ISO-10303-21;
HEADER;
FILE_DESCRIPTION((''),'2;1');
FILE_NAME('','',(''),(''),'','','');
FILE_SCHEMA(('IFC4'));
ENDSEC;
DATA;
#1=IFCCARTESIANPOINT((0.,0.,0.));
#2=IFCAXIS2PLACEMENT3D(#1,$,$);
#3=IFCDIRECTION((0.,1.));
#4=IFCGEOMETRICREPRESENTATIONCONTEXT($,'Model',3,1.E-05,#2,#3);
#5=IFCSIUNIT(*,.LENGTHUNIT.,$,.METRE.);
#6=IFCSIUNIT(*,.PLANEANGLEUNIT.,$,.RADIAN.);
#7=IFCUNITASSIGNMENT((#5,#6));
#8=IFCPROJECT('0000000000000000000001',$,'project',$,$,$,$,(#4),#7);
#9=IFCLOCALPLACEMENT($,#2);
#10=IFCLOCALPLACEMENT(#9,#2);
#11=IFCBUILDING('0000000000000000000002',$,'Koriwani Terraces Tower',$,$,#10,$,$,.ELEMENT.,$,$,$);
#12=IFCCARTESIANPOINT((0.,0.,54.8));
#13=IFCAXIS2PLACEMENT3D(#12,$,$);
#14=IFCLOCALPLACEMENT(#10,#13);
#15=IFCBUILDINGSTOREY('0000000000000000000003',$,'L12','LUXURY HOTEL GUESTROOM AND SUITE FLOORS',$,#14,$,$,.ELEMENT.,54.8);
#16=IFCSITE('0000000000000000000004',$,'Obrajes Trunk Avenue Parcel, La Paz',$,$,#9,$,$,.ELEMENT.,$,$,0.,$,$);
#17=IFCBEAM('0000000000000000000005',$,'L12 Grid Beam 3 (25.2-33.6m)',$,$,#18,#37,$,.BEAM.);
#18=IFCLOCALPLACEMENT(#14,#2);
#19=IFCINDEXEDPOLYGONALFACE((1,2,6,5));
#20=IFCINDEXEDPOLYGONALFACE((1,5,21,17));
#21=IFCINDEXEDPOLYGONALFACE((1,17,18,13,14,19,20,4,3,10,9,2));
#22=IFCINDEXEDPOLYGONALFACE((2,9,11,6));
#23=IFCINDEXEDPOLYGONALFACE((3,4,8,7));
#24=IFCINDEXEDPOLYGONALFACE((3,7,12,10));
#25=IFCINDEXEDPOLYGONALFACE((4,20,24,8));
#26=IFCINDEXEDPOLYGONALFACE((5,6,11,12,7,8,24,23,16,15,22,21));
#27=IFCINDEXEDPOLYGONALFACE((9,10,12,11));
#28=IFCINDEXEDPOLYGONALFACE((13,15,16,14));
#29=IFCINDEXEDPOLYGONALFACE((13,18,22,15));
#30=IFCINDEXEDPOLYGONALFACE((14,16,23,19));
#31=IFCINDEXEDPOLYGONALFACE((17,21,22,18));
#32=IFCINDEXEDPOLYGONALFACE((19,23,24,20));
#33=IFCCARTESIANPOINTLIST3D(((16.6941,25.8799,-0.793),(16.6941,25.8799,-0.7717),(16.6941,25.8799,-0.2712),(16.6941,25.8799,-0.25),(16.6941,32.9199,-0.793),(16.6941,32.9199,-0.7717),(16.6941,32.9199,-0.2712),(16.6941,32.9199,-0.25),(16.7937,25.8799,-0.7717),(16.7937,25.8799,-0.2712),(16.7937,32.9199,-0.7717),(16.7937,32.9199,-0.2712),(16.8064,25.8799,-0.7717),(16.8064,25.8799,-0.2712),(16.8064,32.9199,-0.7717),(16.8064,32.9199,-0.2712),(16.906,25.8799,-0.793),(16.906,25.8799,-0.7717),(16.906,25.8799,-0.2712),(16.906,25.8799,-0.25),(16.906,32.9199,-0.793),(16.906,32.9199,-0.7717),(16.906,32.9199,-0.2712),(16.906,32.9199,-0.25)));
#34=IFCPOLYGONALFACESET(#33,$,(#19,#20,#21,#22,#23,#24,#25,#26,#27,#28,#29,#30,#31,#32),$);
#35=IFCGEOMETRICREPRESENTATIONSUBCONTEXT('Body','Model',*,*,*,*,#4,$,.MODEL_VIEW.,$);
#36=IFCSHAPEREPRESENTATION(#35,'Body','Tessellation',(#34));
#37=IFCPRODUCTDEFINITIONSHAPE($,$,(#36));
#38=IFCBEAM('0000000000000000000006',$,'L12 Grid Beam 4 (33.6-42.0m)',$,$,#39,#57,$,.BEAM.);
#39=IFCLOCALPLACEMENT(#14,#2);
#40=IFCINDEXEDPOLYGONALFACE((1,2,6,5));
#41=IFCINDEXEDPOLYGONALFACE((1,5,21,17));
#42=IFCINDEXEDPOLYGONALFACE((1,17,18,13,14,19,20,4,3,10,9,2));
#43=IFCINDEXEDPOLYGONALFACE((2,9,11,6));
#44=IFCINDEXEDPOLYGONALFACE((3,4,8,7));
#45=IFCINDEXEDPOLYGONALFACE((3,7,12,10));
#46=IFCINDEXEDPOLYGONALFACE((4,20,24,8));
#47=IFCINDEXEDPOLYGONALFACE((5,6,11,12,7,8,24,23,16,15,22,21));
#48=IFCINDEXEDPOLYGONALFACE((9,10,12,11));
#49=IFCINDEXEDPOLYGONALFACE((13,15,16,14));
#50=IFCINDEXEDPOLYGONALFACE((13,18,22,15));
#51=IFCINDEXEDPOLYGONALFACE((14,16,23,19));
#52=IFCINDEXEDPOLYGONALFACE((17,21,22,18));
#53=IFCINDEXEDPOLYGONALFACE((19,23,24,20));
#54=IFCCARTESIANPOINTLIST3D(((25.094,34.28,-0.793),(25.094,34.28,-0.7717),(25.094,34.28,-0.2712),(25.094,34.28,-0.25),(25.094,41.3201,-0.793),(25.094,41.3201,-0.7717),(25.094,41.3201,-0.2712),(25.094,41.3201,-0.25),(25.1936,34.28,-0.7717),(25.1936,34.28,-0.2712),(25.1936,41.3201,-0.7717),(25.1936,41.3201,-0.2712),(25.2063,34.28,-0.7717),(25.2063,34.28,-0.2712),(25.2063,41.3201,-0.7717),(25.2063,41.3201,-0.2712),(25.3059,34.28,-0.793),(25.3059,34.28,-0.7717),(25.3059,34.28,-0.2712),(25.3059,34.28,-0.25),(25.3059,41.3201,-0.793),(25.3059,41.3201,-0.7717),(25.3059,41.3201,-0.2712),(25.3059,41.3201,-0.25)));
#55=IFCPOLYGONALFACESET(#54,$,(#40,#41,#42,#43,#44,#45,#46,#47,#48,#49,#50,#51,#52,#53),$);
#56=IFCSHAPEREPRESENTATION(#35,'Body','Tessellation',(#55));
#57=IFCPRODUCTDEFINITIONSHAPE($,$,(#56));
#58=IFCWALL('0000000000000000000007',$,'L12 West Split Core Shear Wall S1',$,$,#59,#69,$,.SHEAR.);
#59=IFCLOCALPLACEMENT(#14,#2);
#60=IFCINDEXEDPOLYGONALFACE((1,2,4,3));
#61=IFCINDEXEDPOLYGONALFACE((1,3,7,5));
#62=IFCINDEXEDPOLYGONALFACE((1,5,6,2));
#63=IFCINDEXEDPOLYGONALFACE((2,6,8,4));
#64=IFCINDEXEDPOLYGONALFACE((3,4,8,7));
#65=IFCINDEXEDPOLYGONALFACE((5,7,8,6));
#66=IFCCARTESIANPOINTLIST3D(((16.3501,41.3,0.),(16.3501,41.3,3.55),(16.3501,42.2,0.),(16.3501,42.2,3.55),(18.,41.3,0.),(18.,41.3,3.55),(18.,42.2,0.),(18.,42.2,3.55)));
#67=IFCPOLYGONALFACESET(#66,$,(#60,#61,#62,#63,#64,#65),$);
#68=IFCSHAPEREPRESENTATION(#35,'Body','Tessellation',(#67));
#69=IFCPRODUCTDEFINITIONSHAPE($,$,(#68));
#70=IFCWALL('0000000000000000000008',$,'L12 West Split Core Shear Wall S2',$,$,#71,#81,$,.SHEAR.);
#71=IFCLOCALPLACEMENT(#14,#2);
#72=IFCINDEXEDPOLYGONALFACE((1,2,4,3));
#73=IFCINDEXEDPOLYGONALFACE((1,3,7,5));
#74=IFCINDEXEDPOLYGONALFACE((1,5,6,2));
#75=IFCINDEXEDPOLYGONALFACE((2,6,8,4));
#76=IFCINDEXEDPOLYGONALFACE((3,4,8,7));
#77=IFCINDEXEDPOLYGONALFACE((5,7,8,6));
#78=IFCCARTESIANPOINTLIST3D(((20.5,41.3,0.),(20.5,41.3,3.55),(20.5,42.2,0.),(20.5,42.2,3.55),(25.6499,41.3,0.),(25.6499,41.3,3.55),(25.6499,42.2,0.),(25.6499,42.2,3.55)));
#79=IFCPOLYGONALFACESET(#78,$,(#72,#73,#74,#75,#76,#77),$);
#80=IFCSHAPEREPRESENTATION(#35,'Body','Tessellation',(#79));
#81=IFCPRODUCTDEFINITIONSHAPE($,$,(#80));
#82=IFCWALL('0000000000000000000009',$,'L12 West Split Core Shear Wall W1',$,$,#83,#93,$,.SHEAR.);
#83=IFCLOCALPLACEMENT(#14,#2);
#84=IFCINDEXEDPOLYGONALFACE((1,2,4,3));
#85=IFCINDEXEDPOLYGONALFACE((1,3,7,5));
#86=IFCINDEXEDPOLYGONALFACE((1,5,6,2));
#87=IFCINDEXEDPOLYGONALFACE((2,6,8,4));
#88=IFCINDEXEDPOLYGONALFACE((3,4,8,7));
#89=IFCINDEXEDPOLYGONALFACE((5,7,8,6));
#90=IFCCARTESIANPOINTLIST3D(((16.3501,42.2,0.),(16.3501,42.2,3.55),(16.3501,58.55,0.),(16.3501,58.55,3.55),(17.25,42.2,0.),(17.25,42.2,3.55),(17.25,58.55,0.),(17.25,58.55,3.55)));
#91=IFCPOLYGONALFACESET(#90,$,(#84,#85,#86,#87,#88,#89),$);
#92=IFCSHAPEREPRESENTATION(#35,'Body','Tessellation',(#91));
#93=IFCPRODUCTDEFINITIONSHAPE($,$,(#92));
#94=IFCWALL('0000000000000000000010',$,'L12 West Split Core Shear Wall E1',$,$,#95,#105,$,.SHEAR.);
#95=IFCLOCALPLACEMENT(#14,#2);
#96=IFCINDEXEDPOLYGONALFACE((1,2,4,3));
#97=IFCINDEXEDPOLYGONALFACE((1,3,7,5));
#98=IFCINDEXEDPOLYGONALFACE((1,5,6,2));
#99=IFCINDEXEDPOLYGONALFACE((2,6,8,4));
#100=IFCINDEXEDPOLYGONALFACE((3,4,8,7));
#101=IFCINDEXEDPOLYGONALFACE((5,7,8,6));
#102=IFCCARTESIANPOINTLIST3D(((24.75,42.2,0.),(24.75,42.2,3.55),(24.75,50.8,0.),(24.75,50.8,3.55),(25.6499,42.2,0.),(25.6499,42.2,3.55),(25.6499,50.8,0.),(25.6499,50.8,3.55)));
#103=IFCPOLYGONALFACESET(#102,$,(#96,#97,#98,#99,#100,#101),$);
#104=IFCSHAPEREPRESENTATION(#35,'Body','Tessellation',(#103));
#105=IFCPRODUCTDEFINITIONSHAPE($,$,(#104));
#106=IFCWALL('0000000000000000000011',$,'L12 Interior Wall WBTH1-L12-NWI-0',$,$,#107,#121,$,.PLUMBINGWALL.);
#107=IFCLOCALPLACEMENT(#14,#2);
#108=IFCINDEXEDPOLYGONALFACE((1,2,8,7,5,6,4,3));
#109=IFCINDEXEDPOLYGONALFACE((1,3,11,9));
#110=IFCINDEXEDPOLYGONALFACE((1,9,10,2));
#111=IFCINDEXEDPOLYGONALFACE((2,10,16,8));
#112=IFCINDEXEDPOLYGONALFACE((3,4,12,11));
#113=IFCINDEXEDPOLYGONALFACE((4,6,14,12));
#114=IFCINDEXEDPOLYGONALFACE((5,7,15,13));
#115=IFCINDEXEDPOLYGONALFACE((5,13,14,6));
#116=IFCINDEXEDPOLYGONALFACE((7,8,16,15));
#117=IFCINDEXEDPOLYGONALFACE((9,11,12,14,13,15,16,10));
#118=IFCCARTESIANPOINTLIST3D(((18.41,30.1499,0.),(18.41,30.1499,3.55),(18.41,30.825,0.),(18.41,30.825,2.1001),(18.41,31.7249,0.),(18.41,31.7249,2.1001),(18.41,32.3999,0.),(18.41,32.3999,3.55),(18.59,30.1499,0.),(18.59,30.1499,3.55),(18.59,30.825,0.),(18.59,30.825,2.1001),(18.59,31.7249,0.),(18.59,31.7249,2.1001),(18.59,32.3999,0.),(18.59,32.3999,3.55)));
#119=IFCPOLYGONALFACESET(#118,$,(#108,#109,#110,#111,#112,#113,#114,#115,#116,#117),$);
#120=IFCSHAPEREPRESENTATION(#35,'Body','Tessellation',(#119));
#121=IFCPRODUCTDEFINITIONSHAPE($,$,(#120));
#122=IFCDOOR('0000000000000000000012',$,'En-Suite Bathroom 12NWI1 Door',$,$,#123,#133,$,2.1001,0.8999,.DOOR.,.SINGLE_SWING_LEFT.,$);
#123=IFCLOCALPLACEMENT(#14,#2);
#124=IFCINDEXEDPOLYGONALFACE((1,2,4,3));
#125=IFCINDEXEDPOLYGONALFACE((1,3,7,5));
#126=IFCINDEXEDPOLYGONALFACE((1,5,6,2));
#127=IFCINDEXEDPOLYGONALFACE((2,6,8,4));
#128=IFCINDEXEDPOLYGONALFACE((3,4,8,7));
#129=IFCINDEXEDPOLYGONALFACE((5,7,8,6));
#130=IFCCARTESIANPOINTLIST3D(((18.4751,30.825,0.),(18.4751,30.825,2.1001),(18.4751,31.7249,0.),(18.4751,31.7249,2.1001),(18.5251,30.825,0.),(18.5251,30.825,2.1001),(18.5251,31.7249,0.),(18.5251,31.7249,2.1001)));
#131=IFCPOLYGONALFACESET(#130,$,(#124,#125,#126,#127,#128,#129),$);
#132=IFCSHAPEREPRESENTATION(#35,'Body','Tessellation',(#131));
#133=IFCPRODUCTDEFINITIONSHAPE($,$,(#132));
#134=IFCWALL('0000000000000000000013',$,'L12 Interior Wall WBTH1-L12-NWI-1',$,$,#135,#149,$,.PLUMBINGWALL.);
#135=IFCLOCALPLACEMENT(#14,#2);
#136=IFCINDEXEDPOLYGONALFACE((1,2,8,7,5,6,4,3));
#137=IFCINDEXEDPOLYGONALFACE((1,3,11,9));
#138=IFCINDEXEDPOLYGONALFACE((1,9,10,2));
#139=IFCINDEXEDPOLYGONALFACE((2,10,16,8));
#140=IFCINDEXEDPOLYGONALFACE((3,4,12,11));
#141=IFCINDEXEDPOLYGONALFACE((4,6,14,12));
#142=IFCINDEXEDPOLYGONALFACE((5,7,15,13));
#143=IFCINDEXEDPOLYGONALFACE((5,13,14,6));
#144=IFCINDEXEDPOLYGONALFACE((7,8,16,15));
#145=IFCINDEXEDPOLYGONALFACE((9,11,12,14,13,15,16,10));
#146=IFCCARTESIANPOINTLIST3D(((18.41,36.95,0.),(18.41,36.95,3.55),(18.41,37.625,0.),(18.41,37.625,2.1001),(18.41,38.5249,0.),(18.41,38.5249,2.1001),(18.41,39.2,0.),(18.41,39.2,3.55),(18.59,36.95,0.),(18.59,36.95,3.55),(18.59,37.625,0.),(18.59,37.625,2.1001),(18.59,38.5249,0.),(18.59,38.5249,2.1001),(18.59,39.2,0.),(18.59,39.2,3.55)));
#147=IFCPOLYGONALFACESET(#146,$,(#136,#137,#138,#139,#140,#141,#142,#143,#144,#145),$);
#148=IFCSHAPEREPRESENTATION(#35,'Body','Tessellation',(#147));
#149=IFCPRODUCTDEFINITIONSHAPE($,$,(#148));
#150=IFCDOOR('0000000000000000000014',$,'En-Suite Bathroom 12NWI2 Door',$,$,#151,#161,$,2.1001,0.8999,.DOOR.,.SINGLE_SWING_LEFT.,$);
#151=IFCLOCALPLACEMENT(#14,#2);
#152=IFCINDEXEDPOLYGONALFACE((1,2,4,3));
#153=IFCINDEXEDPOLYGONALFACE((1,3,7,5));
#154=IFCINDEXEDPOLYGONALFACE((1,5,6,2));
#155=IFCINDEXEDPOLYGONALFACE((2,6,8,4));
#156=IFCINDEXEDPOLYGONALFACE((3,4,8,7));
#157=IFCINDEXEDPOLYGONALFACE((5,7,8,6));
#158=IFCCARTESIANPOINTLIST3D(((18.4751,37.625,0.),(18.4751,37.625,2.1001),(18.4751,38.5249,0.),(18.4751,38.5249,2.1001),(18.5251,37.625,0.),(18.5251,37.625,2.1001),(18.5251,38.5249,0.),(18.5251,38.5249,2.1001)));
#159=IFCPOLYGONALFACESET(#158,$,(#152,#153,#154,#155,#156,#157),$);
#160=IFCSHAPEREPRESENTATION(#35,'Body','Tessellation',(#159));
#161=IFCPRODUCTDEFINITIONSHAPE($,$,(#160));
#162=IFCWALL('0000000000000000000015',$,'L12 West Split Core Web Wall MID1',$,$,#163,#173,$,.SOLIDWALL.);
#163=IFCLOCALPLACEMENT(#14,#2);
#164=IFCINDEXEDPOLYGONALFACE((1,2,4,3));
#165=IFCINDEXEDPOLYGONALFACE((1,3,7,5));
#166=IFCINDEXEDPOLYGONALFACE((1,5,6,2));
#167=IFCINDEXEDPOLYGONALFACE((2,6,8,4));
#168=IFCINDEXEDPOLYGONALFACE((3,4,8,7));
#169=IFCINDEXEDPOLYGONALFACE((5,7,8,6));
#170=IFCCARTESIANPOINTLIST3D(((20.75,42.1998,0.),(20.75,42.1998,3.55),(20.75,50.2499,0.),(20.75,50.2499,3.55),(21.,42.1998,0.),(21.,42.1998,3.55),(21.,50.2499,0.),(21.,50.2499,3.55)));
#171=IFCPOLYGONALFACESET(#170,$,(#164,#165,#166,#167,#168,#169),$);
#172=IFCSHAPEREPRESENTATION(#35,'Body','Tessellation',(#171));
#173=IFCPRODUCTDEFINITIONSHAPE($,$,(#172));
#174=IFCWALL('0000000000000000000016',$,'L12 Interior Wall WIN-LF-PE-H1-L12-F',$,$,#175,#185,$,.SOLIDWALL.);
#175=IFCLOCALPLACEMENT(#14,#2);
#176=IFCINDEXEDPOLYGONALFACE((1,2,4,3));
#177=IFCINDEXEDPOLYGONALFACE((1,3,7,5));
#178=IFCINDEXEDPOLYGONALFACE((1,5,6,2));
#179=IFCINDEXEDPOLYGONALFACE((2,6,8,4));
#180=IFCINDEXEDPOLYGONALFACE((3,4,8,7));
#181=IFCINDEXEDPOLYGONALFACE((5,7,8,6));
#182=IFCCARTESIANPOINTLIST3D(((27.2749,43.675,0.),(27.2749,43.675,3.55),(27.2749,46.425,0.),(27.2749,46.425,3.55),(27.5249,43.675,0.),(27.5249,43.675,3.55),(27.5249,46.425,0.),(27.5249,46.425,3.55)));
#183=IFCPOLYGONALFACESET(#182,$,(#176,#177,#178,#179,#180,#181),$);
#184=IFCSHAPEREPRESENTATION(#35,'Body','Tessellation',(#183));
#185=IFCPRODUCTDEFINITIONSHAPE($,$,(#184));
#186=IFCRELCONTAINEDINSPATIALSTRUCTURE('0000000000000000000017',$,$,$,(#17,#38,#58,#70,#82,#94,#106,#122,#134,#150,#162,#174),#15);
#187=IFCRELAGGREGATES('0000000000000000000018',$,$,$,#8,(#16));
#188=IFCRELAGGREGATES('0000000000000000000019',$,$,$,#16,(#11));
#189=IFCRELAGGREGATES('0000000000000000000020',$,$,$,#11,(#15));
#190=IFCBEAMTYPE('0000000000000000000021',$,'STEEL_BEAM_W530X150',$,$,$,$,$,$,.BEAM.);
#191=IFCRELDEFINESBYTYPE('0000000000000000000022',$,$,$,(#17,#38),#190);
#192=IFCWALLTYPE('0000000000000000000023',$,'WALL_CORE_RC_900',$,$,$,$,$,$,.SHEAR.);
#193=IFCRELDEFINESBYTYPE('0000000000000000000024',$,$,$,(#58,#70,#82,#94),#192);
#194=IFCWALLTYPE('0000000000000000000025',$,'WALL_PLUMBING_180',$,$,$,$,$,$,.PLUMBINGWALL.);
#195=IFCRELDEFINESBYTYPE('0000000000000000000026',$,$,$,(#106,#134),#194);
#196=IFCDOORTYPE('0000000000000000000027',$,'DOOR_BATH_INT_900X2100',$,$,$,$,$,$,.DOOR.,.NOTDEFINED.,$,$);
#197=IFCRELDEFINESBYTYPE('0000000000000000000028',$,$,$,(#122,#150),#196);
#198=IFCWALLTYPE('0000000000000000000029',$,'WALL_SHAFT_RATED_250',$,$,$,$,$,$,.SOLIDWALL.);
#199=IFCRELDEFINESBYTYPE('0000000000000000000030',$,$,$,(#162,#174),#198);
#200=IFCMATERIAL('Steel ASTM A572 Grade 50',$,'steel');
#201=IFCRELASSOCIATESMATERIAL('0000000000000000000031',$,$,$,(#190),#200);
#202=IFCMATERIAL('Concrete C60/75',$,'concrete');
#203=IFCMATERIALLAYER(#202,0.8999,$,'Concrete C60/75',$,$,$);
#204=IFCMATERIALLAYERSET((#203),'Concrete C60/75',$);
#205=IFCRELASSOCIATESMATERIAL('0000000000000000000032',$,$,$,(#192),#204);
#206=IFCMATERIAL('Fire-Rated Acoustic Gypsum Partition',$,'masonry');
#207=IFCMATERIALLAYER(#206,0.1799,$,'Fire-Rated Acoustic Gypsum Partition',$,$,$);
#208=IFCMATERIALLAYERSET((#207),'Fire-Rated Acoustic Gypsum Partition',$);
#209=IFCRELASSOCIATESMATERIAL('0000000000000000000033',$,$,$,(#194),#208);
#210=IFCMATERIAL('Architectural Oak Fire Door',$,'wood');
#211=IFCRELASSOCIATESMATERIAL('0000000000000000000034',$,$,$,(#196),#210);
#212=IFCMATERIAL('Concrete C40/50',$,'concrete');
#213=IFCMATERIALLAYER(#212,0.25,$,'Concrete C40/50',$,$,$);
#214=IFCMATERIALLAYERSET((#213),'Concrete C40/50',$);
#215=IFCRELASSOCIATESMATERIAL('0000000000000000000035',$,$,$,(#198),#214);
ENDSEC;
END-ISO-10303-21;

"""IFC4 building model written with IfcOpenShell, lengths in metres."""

from ifc_helpers import new_model, si_unit, direction, frame, frame_2d, origin, origin_2d, place, context, subcontext, project, spatial, rectangle, i_section, extrude, material, layer, layer_set, material_profile, profile_set, type_object, element, fill, save


model = new_model("IFC4")

# Units and contexts
model_context = context("Model", 3, precision=1e-05, world=origin(), true_north=direction((0.0, 1.0)))
body_context = subcontext(model_context, "Body", "Model", "MODEL_VIEW")
ifc_project = project(units=[si_unit("LENGTHUNIT", "METRE"), si_unit("PLANEANGLEUNIT", "RADIAN")], contexts=[model_context])

# Site, building, storey
site_placement = place(None, origin())
site = spatial("IfcSite", under=ifc_project, at=site_placement, Name="Obrajes Trunk Avenue Parcel, La Paz", CompositionType="ELEMENT", RefElevation=0.0)
building_placement = place(site_placement, origin())
building = spatial("IfcBuilding", under=site, at=building_placement, Name="Koriwani Terraces Tower", CompositionType="ELEMENT")
storey_placement = place(building_placement, frame((0.0, 0.0, 54.8)))
storey = spatial("IfcBuildingStorey", under=building, at=storey_placement, Name="L12", Description="LUXURY HOTEL GUESTROOM AND SUITE FLOORS", CompositionType="ELEMENT", Elevation=54.8)

# Shared definitions
ifc_material_1 = material(Name="Concrete C60/75", Category="concrete")

# Beams
ifc_material_2 = material(Name="Concrete C40/50", Category="concrete")
ifc_material_3 = material(Name="Steel ASTM A572 Grade 50", Category="steel")
ifc_material_profile_1 = material_profile(ifc_material_3, i_section(OverallWidth=0.2119, OverallDepth=0.543, WebThickness=0.0127, FlangeThickness=0.0212, at=origin_2d()), Name="Steel ASTM A572 Grade 50", Category="LoadBearing")
ifc_profile_set_1 = profile_set([ifc_material_profile_1], Name="Steel ASTM A572 Grade 50")
beam_type_1 = type_object("IfcBeamType", Name="STEEL_BEAM_W530X150", PredefinedType="BEAM", material=ifc_profile_set_1)
for number, where, z_axis, x_axis, name in (
    (1, (16.8, 25.8799, -0.5215), (0.0, 1.0, 0.0), (-1.0, 0.0, 0.0), "L12 Grid Beam 3 (25.2-33.6m)"),
    (2, (25.2, 34.28, -0.5215), (0.0, 1.0, 0.0), (-1.0, 0.0, 0.0), "L12 Grid Beam 4 (33.6-42.0m)"),
):
    element("IfcBeam", number, at=place(storey_placement, frame(where, z_axis=z_axis, x_axis=x_axis)), inside=storey, type_object=beam_type_1, Name=name, PredefinedType="BEAM", context=body_context, shape_type="SweptSolid", body=[
        extrude(i_section(OverallWidth=0.2119, OverallDepth=0.543, WebThickness=0.0127, FlangeThickness=0.0212, at=origin_2d()), origin(), (0.0, 0.0, 1.0), 7.04),
    ])

# Walls
ifc_layer_1 = layer(ifc_material_1, 0.8999, Name="Concrete C60/75")
ifc_layer_set_1 = layer_set([ifc_layer_1], Name="Concrete C60/75")
wall_type_1 = type_object("IfcWallType", Name="WALL_CORE_RC_900", PredefinedType="SHEAR", material=ifc_layer_set_1)
wall_1_placement = place(storey_placement, frame((16.3501, 41.75, 0.0), z_axis=(0.0, 0.0, 1.0), x_axis=(1.0, 0.0, 0.0)))
element("IfcWall", 3, at=wall_1_placement, inside=storey, type_object=wall_type_1, Name="L12 West Split Core Shear Wall S1", PredefinedType="SHEAR", context=body_context, shape_type="SweptSolid", body=[
    extrude(rectangle(XDim=1.6499, YDim=0.8999, at=frame_2d((0.825, 0.0))), origin(), (0.0, 0.0, 1.0), 3.55),
])
wall_2_placement = place(storey_placement, frame((20.5, 41.75, 0.0), z_axis=(0.0, 0.0, 1.0), x_axis=(1.0, 0.0, 0.0)))
element("IfcWall", 4, at=wall_2_placement, inside=storey, type_object=wall_type_1, Name="L12 West Split Core Shear Wall S2", PredefinedType="SHEAR", context=body_context, shape_type="SweptSolid", body=[
    extrude(rectangle(XDim=5.1499, YDim=0.8999, at=frame_2d((2.575, 0.0))), origin(), (0.0, 0.0, 1.0), 3.55),
])
wall_3_placement = place(storey_placement, frame((16.8, 42.2, 0.0), z_axis=(0.0, 0.0, 1.0), x_axis=(0.0, 1.0, 0.0)))
element("IfcWall", 5, at=wall_3_placement, inside=storey, type_object=wall_type_1, Name="L12 West Split Core Shear Wall W1", PredefinedType="SHEAR", context=body_context, shape_type="SweptSolid", body=[
    extrude(rectangle(XDim=16.3501, YDim=0.8999, at=frame_2d((8.175, 0.0))), origin(), (0.0, 0.0, 1.0), 3.55),
])
wall_4_placement = place(storey_placement, frame((25.2, 42.2, 0.0), z_axis=(0.0, 0.0, 1.0), x_axis=(0.0, 1.0, 0.0)))
element("IfcWall", 6, at=wall_4_placement, inside=storey, type_object=wall_type_1, Name="L12 West Split Core Shear Wall E1", PredefinedType="SHEAR", context=body_context, shape_type="SweptSolid", body=[
    extrude(rectangle(XDim=8.6001, YDim=0.8999, at=frame_2d((4.3, 0.0))), origin(), (0.0, 0.0, 1.0), 3.55),
])

# Walls, openings, doors
ifc_material_4 = material(Name="Fire-Rated Acoustic Gypsum Partition", Category="masonry")
ifc_layer_2 = layer(ifc_material_4, 0.1799, Name="Fire-Rated Acoustic Gypsum Partition")
ifc_layer_set_2 = layer_set([ifc_layer_2], Name="Fire-Rated Acoustic Gypsum Partition")
wall_type_2 = type_object("IfcWallType", Name="WALL_PLUMBING_180", PredefinedType="PLUMBINGWALL", material=ifc_layer_set_2)
wall_5_placement = place(storey_placement, frame((18.5, 30.1499, 0.0), z_axis=(0.0, 0.0, 1.0), x_axis=(0.0, 1.0, 0.0)))
wall_5 = element("IfcWall", 7, at=wall_5_placement, inside=storey, type_object=wall_type_2, Name="L12 Interior Wall WBTH1-L12-NWI-0", PredefinedType="PLUMBINGWALL", context=body_context, shape_type="SweptSolid", body=[
    extrude(rectangle(XDim=2.25, YDim=0.1799, at=frame_2d((1.125, 0.0))), origin(), (0.0, 0.0, 1.0), 3.55),
])
opening_1_placement = place(wall_5_placement, frame((0.675, 0.0, 0.0)))
opening_1 = element("IfcOpeningElement", 8, at=opening_1_placement, cuts=wall_5, PredefinedType="OPENING", context=body_context, shape_type="SweptSolid", body=[
    extrude(rectangle(XDim=0.8999, YDim=2.1001, at=frame_2d((0.45, 1.05))), frame((0.0, 0.1001, 0.0), z_axis=(0.0, -1.0, 0.0), x_axis=(1.0, 0.0, 0.0)), (0.0, 0.0, 1.0), 0.2),
])
ifc_material_5 = material(Name="Architectural Oak Fire Door", Category="wood")
door_type_1 = type_object("IfcDoorType", Name="DOOR_BATH_INT_900X2100", OperationType="NOTDEFINED", PredefinedType="DOOR", material=ifc_material_5)
door_1_placement = place(opening_1_placement, origin())
door_1 = element("IfcDoor", 9, at=door_1_placement, inside=storey, type_object=door_type_1, Name="En-Suite Bathroom 12NWI1 Door", OperationType="SINGLE_SWING_LEFT", OverallHeight=2.1001, OverallWidth=0.8999, PredefinedType="DOOR", context=body_context, shape_type="SweptSolid", body=[
    extrude(rectangle(XDim=0.8999, YDim=2.1001, at=frame_2d((0.45, 1.05))), frame((0.0, 0.0249, 0.0), z_axis=(0.0, -1.0, 0.0), x_axis=(1.0, 0.0, 0.0)), (0.0, 0.0, 1.0), 0.05),
])
fill(opening_1, door_1)
wall_6_placement = place(storey_placement, frame((18.5, 36.95, 0.0), z_axis=(0.0, 0.0, 1.0), x_axis=(0.0, 1.0, 0.0)))
wall_6 = element("IfcWall", 10, at=wall_6_placement, inside=storey, type_object=wall_type_2, Name="L12 Interior Wall WBTH1-L12-NWI-1", PredefinedType="PLUMBINGWALL", context=body_context, shape_type="SweptSolid", body=[
    extrude(rectangle(XDim=2.25, YDim=0.1799, at=frame_2d((1.125, 0.0))), origin(), (0.0, 0.0, 1.0), 3.55),
])
opening_2_placement = place(wall_6_placement, frame((0.675, 0.0, 0.0)))
opening_2 = element("IfcOpeningElement", 11, at=opening_2_placement, cuts=wall_6, PredefinedType="OPENING", context=body_context, shape_type="SweptSolid", body=[
    extrude(rectangle(XDim=0.8999, YDim=2.1001, at=frame_2d((0.45, 1.05))), frame((0.0, 0.1001, 0.0), z_axis=(0.0, -1.0, 0.0), x_axis=(1.0, 0.0, 0.0)), (0.0, 0.0, 1.0), 0.2),
])
door_2_placement = place(opening_2_placement, origin())
door_2 = element("IfcDoor", 12, at=door_2_placement, inside=storey, type_object=door_type_1, Name="En-Suite Bathroom 12NWI2 Door", OperationType="SINGLE_SWING_LEFT", OverallHeight=2.1001, OverallWidth=0.8999, PredefinedType="DOOR", context=body_context, shape_type="SweptSolid", body=[
    extrude(rectangle(XDim=0.8999, YDim=2.1001, at=frame_2d((0.45, 1.05))), frame((0.0, 0.0249, 0.0), z_axis=(0.0, -1.0, 0.0), x_axis=(1.0, 0.0, 0.0)), (0.0, 0.0, 1.0), 0.05),
])
fill(opening_2, door_2)

# Wall
ifc_layer_3 = layer(ifc_material_2, 0.25, Name="Concrete C40/50")
ifc_layer_set_3 = layer_set([ifc_layer_3], Name="Concrete C40/50")
wall_type_3 = type_object("IfcWallType", Name="WALL_SHAFT_RATED_250", PredefinedType="SOLIDWALL", material=ifc_layer_set_3)
wall_7_placement = place(storey_placement, frame((20.875, 42.2, 0.0), z_axis=(0.0, 0.0, 1.0), x_axis=(0.0, 1.0, 0.0)))
element("IfcWall", 13, at=wall_7_placement, inside=storey, type_object=wall_type_3, Name="L12 West Split Core Web Wall MID1", PredefinedType="SOLIDWALL", context=body_context, shape_type="SweptSolid", body=[
    extrude(rectangle(XDim=8.05, YDim=0.25, at=frame_2d((4.0249, 0.0))), origin(), (0.0, 0.0, 1.0), 3.55),
])

# Wall
wall_8_placement = place(storey_placement, frame((27.3999, 43.675, 0.0), z_axis=(0.0, 0.0, 1.0), x_axis=(0.0, 1.0, 0.0)))
element("IfcWall", 14, at=wall_8_placement, inside=storey, type_object=wall_type_3, Name="L12 Interior Wall WIN-LF-PE-H1-L12-F", PredefinedType="SOLIDWALL", context=body_context, shape_type="SweptSolid", body=[
    extrude(rectangle(XDim=2.75, YDim=0.25, at=frame_2d((1.375, 0.0))), origin(), (0.0, 0.0, 1.0), 3.55),
])

save(model, "model.ifc")
